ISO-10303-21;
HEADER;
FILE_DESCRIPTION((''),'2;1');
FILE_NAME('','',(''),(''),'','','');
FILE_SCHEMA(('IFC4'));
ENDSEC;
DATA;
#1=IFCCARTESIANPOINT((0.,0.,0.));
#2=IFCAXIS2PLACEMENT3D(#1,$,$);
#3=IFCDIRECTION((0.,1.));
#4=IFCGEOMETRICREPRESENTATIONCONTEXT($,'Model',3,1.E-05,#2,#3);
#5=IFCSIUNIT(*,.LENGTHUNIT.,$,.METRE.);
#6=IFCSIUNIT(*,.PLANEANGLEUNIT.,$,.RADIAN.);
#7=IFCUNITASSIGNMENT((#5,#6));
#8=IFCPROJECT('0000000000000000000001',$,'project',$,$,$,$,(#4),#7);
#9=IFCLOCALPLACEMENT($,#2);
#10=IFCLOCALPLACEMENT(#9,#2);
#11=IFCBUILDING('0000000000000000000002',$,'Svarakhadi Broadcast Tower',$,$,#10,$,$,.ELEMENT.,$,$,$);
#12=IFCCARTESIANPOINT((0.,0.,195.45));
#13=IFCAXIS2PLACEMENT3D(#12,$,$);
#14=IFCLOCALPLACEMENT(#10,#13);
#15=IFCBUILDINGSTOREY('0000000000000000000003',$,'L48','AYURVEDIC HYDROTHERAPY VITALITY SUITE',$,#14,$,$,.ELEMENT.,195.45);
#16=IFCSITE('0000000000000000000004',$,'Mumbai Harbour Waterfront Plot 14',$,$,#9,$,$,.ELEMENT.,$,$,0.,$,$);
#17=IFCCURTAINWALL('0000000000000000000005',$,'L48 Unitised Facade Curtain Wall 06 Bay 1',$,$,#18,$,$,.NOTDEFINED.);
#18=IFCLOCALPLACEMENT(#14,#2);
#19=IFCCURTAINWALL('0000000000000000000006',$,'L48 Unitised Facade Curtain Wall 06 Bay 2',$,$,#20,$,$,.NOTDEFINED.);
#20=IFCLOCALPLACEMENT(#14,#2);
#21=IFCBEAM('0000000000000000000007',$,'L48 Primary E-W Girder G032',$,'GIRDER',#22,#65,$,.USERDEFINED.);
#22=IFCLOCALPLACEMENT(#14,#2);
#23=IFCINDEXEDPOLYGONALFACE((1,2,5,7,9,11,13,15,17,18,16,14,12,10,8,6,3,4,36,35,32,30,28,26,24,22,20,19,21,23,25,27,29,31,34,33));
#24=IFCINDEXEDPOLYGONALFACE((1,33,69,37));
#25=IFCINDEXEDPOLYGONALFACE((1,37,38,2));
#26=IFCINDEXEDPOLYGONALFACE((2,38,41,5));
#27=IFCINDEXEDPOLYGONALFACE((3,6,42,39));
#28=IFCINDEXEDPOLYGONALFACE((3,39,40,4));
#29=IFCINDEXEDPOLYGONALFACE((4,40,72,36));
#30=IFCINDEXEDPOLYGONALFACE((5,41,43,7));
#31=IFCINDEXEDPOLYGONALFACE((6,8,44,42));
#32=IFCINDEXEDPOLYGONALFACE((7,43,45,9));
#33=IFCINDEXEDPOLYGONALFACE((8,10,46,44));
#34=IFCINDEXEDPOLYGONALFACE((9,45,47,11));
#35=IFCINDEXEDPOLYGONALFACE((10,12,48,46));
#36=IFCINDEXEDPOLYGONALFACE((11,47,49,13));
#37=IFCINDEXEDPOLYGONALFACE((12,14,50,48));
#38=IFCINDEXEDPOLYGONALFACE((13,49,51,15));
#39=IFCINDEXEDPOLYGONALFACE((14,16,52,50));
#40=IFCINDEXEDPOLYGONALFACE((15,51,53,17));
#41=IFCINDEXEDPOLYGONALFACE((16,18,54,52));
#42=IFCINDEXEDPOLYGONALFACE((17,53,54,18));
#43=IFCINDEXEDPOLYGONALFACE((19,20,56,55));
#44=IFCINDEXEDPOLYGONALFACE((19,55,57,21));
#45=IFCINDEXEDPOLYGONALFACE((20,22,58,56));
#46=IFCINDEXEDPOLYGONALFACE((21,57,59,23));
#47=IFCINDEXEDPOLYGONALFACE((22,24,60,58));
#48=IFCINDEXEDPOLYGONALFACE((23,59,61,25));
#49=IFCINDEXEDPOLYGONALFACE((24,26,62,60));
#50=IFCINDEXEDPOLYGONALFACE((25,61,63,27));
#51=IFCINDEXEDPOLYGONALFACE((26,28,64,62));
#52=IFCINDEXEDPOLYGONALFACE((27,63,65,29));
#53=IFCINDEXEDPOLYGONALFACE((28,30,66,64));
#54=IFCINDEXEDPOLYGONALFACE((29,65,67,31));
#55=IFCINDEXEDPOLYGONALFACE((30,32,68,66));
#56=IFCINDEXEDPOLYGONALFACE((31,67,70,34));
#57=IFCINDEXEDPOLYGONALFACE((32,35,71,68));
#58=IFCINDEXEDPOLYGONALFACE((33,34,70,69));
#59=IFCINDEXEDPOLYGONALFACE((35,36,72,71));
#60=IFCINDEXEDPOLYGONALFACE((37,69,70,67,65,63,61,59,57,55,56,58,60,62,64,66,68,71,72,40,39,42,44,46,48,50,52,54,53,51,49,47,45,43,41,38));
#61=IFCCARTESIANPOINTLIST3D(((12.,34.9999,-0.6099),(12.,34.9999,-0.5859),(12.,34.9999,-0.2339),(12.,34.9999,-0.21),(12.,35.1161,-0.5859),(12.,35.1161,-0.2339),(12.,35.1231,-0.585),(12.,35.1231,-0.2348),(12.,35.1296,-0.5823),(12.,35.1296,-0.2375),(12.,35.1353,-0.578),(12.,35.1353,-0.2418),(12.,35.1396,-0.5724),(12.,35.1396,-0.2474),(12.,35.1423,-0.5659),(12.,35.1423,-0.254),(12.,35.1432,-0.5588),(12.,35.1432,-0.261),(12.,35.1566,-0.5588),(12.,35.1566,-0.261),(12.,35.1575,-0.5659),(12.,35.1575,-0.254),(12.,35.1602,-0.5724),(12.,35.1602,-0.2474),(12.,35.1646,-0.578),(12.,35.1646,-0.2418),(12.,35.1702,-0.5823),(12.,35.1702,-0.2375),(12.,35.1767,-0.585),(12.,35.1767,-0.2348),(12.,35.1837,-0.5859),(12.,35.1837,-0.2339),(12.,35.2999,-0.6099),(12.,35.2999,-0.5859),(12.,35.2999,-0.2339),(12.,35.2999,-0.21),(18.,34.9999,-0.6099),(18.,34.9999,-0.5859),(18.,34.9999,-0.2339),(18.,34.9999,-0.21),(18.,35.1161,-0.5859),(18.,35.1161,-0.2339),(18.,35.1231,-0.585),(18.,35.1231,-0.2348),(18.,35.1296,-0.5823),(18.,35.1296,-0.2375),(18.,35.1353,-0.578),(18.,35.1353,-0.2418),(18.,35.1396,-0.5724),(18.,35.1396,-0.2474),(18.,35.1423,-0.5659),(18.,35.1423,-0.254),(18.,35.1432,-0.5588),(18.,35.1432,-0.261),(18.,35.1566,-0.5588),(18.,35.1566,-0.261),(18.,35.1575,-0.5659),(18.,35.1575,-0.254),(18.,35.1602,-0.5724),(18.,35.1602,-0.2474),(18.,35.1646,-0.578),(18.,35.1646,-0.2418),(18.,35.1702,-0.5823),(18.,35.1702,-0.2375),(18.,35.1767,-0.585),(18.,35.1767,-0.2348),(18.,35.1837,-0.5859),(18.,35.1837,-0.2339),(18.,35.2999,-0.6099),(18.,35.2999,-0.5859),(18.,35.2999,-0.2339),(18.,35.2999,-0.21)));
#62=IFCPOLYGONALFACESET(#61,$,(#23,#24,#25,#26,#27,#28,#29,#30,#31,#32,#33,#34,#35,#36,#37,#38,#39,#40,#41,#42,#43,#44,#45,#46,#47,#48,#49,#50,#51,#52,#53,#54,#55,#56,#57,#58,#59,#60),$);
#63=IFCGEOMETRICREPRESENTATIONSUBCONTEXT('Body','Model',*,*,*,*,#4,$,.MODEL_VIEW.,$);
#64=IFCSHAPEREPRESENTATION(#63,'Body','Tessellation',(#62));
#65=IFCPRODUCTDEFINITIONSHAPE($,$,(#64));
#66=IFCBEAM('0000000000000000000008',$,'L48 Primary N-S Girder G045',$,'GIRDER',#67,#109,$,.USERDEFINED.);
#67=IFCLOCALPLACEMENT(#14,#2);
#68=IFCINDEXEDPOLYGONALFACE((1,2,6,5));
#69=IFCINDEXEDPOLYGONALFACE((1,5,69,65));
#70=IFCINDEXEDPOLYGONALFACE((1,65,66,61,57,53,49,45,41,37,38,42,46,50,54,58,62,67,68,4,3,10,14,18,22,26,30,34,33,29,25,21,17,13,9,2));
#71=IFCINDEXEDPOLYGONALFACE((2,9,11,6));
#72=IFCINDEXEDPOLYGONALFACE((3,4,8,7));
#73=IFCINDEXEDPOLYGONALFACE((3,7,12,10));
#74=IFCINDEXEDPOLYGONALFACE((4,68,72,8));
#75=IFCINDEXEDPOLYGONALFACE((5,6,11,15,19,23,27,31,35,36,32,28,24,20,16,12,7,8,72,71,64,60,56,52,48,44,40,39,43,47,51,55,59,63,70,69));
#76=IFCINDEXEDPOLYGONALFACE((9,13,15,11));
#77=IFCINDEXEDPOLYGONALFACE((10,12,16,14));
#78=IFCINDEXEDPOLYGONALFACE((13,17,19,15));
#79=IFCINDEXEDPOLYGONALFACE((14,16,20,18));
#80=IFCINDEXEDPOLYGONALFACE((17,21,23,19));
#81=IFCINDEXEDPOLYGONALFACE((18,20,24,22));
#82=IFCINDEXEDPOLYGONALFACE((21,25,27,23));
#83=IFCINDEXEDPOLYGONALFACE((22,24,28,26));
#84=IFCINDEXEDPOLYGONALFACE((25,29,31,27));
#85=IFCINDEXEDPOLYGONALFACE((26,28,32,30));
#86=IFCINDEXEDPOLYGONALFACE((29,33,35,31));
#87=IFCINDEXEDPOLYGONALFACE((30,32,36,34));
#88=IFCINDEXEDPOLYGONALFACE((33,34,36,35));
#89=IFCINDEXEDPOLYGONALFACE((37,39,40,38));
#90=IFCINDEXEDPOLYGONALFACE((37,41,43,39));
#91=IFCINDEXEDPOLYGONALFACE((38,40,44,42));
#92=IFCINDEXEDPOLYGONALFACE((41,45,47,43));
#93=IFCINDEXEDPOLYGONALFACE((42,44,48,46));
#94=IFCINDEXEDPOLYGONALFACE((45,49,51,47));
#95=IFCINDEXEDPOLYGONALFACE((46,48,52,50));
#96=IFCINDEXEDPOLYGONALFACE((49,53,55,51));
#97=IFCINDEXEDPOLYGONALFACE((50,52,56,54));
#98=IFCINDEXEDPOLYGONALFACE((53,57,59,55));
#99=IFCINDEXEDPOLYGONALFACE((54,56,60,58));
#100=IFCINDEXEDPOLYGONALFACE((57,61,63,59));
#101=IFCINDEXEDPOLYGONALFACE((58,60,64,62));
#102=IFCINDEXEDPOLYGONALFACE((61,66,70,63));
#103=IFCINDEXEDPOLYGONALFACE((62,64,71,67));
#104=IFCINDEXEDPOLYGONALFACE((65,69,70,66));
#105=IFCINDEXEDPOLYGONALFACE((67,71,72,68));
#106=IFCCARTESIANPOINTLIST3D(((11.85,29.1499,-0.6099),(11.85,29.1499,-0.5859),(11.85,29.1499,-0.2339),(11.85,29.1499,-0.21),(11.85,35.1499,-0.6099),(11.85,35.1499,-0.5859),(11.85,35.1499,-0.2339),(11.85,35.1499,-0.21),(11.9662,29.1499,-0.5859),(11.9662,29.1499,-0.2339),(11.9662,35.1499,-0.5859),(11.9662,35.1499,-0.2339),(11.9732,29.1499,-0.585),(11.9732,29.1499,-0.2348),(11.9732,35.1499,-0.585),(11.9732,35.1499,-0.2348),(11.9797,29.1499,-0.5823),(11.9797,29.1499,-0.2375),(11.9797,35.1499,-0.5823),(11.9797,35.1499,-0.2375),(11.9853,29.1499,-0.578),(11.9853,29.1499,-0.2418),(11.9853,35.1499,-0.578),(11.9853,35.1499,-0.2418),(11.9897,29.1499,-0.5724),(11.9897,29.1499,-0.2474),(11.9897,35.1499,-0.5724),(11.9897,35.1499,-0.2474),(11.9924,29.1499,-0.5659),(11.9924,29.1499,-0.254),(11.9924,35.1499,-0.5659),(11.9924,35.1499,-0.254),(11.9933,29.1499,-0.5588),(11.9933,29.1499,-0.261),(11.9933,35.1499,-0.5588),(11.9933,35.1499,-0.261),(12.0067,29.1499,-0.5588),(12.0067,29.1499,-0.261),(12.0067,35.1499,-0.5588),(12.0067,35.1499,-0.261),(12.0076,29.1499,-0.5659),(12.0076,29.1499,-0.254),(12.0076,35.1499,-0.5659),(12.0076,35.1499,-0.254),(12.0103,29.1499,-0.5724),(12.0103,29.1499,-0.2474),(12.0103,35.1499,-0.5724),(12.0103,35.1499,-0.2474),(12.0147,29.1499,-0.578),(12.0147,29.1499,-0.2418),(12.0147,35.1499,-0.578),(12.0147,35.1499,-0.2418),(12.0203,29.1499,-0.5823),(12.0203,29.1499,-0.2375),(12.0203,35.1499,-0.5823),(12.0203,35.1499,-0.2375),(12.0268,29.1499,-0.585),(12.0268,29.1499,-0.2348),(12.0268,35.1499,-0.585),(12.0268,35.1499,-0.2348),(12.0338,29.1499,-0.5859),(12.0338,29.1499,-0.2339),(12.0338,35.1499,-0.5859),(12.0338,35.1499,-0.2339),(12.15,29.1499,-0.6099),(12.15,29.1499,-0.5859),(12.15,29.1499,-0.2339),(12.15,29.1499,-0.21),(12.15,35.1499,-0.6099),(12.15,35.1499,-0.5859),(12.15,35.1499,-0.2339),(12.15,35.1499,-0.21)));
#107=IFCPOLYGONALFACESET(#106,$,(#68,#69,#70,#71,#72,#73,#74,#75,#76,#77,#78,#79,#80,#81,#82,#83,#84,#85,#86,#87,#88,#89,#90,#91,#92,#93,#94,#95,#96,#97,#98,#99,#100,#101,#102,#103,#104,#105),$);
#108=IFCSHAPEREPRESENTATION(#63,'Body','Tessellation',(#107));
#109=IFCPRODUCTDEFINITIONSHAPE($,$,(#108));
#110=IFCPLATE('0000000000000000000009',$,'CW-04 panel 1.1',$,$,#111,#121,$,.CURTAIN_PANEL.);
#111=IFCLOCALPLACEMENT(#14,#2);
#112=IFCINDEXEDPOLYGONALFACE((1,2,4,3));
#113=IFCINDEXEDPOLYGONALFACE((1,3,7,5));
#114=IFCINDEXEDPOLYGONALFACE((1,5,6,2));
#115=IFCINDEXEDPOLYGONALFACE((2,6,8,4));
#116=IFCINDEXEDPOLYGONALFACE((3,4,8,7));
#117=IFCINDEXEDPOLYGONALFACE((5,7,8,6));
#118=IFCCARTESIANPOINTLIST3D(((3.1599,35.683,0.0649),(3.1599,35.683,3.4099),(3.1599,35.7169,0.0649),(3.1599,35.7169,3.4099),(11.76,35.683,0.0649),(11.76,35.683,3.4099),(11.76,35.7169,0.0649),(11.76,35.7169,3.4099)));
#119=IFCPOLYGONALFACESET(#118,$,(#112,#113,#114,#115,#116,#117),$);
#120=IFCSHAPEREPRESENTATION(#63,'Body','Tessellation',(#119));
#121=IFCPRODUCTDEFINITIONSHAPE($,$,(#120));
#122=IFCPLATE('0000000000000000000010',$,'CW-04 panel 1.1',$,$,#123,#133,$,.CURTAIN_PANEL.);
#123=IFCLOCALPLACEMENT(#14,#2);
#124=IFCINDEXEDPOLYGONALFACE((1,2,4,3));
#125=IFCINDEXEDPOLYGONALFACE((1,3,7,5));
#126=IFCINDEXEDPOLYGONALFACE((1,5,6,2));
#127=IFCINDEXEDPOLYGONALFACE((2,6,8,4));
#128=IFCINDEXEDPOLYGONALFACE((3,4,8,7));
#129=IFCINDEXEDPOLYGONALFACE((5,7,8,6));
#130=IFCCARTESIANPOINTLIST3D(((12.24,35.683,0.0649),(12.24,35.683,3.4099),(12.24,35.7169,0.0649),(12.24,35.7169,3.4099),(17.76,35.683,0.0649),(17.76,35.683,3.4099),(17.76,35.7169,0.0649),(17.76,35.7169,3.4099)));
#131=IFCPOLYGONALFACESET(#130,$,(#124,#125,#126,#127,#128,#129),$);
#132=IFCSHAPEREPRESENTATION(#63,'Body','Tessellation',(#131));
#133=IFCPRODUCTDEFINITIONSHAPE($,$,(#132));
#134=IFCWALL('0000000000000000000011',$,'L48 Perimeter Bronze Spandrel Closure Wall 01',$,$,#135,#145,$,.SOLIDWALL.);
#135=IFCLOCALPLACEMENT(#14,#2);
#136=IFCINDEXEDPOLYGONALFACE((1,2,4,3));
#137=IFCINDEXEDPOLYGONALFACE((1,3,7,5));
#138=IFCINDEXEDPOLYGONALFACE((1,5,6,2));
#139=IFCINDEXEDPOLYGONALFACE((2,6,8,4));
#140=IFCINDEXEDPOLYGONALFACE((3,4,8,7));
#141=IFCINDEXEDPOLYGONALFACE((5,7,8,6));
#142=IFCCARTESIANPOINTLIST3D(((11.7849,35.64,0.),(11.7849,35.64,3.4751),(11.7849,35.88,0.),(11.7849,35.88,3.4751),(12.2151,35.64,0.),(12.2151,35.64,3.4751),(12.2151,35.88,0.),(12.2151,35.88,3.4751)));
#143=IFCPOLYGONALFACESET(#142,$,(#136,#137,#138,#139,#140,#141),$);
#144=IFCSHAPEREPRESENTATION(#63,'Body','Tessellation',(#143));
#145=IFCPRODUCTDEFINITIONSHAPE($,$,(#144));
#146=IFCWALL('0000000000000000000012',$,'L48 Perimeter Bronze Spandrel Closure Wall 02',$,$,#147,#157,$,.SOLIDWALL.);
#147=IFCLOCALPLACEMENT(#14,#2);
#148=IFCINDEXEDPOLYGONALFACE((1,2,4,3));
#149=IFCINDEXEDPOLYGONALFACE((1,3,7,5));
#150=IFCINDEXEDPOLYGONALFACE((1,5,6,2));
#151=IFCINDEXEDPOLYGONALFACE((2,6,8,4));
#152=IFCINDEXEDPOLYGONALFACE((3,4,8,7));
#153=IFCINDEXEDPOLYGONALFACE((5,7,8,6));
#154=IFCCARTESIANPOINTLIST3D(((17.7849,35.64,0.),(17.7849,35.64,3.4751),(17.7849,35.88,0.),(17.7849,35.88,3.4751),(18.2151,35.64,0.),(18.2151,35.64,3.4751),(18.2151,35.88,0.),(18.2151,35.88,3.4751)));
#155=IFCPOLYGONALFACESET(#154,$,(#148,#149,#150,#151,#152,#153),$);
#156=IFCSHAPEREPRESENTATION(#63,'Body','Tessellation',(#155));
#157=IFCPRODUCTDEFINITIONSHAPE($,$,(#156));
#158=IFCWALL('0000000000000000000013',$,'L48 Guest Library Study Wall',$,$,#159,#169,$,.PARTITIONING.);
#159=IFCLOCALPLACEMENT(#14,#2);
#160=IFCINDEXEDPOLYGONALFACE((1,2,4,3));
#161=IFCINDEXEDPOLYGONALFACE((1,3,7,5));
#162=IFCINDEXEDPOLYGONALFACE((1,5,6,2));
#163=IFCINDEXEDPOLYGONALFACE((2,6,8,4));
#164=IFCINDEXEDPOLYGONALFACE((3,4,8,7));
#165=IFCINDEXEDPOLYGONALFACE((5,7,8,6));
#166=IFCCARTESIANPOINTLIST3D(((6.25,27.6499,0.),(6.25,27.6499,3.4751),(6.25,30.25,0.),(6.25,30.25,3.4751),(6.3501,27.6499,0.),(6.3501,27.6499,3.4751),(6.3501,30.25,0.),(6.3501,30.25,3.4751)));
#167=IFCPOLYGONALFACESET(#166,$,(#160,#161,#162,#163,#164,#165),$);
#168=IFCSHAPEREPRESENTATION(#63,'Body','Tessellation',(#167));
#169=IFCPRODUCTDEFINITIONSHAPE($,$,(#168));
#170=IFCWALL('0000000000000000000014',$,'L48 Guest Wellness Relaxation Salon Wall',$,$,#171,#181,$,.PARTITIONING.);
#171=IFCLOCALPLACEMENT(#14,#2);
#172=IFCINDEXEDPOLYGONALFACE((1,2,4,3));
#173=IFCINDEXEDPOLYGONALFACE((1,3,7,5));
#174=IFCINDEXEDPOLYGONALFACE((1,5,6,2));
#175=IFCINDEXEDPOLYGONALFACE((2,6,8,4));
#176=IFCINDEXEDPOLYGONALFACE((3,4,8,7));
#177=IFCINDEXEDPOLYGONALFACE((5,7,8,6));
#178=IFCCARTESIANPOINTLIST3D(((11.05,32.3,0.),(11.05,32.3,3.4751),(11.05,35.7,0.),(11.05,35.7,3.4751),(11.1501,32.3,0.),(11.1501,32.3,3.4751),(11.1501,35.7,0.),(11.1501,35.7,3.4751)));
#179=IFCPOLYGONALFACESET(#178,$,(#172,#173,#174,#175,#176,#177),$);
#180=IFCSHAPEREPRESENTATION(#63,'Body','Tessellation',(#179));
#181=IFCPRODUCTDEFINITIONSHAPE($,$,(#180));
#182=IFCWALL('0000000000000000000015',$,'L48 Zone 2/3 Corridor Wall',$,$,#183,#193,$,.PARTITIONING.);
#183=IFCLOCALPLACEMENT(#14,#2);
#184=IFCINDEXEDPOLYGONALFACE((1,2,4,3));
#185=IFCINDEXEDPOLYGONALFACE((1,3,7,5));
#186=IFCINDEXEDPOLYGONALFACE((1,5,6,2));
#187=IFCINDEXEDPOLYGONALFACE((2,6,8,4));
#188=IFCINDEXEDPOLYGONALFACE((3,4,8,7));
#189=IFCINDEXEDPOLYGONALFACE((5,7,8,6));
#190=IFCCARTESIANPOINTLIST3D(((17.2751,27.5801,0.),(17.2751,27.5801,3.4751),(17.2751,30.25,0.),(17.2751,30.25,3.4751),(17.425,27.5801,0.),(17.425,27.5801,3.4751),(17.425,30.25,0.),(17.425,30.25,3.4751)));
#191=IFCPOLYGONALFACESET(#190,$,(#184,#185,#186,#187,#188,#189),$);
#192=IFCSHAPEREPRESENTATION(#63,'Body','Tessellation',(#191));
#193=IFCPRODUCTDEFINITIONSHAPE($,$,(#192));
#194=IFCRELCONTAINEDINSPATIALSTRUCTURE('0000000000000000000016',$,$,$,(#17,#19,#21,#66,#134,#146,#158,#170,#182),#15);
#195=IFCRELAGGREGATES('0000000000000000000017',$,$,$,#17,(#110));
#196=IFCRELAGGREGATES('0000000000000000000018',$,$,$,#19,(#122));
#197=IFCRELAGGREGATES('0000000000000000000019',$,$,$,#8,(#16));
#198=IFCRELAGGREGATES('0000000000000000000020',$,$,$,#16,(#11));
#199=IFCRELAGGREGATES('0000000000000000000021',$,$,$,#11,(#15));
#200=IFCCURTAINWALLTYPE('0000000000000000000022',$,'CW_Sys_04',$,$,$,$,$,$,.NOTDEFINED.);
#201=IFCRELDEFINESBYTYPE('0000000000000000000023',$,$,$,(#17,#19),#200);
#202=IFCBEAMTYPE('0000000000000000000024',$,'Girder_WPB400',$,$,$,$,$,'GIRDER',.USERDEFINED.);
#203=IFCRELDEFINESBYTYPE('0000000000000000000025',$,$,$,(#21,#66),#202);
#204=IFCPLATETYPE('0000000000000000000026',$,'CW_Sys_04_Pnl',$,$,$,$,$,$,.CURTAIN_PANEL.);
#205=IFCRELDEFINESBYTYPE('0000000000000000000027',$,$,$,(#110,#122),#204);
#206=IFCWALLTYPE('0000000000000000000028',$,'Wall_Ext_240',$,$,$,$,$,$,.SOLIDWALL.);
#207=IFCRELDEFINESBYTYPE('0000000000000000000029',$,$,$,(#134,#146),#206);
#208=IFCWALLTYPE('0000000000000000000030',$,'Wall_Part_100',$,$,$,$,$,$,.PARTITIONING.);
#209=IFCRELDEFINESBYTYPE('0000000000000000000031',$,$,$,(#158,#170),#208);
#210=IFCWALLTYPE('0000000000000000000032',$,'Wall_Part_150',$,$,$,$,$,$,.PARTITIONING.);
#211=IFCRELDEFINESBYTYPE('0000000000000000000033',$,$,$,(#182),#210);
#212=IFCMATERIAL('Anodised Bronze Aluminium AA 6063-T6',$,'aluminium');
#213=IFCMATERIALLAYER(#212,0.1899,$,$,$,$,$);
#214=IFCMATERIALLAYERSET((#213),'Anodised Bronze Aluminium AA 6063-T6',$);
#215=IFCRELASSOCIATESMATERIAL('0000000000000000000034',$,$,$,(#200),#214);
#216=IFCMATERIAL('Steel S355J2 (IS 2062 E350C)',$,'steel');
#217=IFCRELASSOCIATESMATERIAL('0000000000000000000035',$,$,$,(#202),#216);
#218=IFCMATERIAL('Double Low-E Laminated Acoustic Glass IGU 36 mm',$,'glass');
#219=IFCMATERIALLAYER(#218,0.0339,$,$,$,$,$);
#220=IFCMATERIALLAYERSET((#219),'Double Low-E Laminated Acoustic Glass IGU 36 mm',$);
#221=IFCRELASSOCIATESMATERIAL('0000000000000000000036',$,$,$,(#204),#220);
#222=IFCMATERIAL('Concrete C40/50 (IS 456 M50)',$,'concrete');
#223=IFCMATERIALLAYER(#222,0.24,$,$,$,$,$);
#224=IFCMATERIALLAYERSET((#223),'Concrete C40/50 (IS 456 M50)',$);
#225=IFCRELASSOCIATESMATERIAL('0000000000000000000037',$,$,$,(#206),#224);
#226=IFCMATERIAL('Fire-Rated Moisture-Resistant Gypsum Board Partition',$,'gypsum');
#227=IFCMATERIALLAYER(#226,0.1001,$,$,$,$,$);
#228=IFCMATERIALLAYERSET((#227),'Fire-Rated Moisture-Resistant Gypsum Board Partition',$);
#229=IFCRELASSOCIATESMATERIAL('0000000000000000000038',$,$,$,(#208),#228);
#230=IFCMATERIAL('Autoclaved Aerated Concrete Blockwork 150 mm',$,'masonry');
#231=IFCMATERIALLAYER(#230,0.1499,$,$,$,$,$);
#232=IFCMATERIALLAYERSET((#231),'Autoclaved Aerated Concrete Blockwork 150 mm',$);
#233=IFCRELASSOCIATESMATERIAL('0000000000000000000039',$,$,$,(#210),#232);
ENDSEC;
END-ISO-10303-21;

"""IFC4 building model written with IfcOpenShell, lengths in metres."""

from ifc_helpers import new_model, si_unit, direction, frame, frame_2d, origin, origin_2d, place, context, subcontext, project, spatial, rectangle, i_section, extrude, material, layer, layer_set, material_profile, profile_set, type_object, element, aggregate, save


model = new_model("IFC4")

# Units and contexts
model_context = context("Model", 3, precision=1e-05, world=origin(), true_north=direction((0.0, 1.0)))
body_context = subcontext(model_context, "Body", "Model", "MODEL_VIEW")
ifc_project = project(units=[si_unit("LENGTHUNIT", "METRE"), si_unit("PLANEANGLEUNIT", "RADIAN")], contexts=[model_context])

# Site, building, storey
site_placement = place(None, origin())
site = spatial("IfcSite", under=ifc_project, at=site_placement, Name="Mumbai Harbour Waterfront Plot 14", CompositionType="ELEMENT", RefElevation=0.0)
building_placement = place(site_placement, origin())
building = spatial("IfcBuilding", under=site, at=building_placement, Name="Svarakhadi Broadcast Tower", CompositionType="ELEMENT")
storey_placement = place(building_placement, frame((0.0, 0.0, 195.45)))
storey = spatial("IfcBuildingStorey", under=building, at=storey_placement, Name="L48", Description="AYURVEDIC HYDROTHERAPY VITALITY SUITE", CompositionType="ELEMENT", Elevation=195.45)

# Shared definitions
ifc_material_1 = material(Name="Steel S355J2 (IS 2062 E350C)", Category="steel")

# Curtain wall
ifc_material_2 = material(Name="Anodised Bronze Aluminium AA 6063-T6", Category="aluminium")
ifc_layer_1 = layer(ifc_material_2, 0.1899)
ifc_layer_set_1 = layer_set([ifc_layer_1], Name="Anodised Bronze Aluminium AA 6063-T6")
curtain_wall_type = type_object("IfcCurtainWallType", Name="CW_Sys_04", PredefinedType="NOTDEFINED", material=ifc_layer_set_1)
curtain_wall_1_placement = place(storey_placement, origin())
curtain_wall_1 = element("IfcCurtainWall", 1, at=curtain_wall_1_placement, inside=storey, type_object=curtain_wall_type, Name="L48 Unitised Facade Curtain Wall 06 Bay 1", PredefinedType="NOTDEFINED")

# Curtain wall
curtain_wall_2_placement = place(storey_placement, origin())
curtain_wall_2 = element("IfcCurtainWall", 2, at=curtain_wall_2_placement, inside=storey, type_object=curtain_wall_type, Name="L48 Unitised Facade Curtain Wall 06 Bay 2", PredefinedType="NOTDEFINED")

# Beams
ifc_material_profile_1 = material_profile(ifc_material_1, i_section(OverallWidth=0.3, OverallDepth=0.3999, WebThickness=0.0134, FlangeThickness=0.0239, FilletRadius=0.0271, at=origin_2d()), Name="WPB 400x300x155")
ifc_profile_set_1 = profile_set([ifc_material_profile_1], Name="Steel S355J2 (IS 2062 E350C)")
beam_type_1 = type_object("IfcBeamType", Name="Girder_WPB400", ElementType="GIRDER", PredefinedType="USERDEFINED", material=ifc_profile_set_1)
for number, where, z_axis, x_axis, name in (
    (3, (12.0, 35.1499, -0.4099), (1.0, 0.0, 0.0), (0.0, 1.0, 0.0), "L48 Primary E-W Girder G032"),
    (4, (12.0, 29.1499, -0.4099), (0.0, 1.0, 0.0), (-1.0, 0.0, 0.0), "L48 Primary N-S Girder G045"),
):
    element("IfcBeam", number, at=place(storey_placement, frame(where, z_axis=z_axis, x_axis=x_axis)), inside=storey, type_object=beam_type_1, Name=name, ObjectType="GIRDER", PredefinedType="USERDEFINED", context=body_context, shape_type="SweptSolid", body=[
        extrude(i_section(OverallWidth=0.3, OverallDepth=0.3999, WebThickness=0.0134, FlangeThickness=0.0239, FilletRadius=0.0271, at=origin_2d()), origin(), (0.0, 0.0, 1.0), 6.0),
    ])

# Plates
ifc_material_3 = material(Name="Double Low-E Laminated Acoustic Glass IGU 36 mm", Category="glass")
ifc_layer_2 = layer(ifc_material_3, 0.0339)
ifc_layer_set_2 = layer_set([ifc_layer_2], Name="Double Low-E Laminated Acoustic Glass IGU 36 mm")
plate_type = type_object("IfcPlateType", Name="CW_Sys_04_Pnl", PredefinedType="CURTAIN_PANEL", material=ifc_layer_set_2)
plate_1_placement = place(storey_placement, frame((7.46, 35.7, 0.0649), z_axis=(0.0, 0.0, 1.0), x_axis=(1.0, 0.0, 0.0)))
plate_1 = element("IfcPlate", 5, at=plate_1_placement, type_object=plate_type, Name="CW-04 panel 1.1", PredefinedType="CURTAIN_PANEL", context=body_context, shape_type="SweptSolid", body=[
    extrude(rectangle(XDim=8.6001, YDim=0.0339, at=origin_2d()), origin(), (0.0, 0.0, 1.0), 3.345),
])
aggregate(curtain_wall_1, [plate_1])
plate_2_placement = place(storey_placement, frame((15.0, 35.7, 0.0649), z_axis=(0.0, 0.0, 1.0), x_axis=(1.0, 0.0, 0.0)))
plate_2 = element("IfcPlate", 6, at=plate_2_placement, type_object=plate_type, Name="CW-04 panel 1.1", PredefinedType="CURTAIN_PANEL", context=body_context, shape_type="SweptSolid", body=[
    extrude(rectangle(XDim=5.52, YDim=0.0339, at=origin_2d()), origin(), (0.0, 0.0, 1.0), 3.345),
])
aggregate(curtain_wall_2, [plate_2])

# Walls
ifc_material_4 = material(Name="Concrete C40/50 (IS 456 M50)", Category="concrete")
ifc_layer_3 = layer(ifc_material_4, 0.24)
ifc_layer_set_3 = layer_set([ifc_layer_3], Name="Concrete C40/50 (IS 456 M50)")
wall_type_1 = type_object("IfcWallType", Name="Wall_Ext_240", PredefinedType="SOLIDWALL", material=ifc_layer_set_3)
for number, where, z_axis, x_axis, name in (
    (7, (11.7849, 35.76, 0.0), (0.0, 0.0, 1.0), (1.0, 0.0, 0.0), "L48 Perimeter Bronze Spandrel Closure Wall 01"),
    (8, (17.7849, 35.76, 0.0), (0.0, 0.0, 1.0), (1.0, 0.0, 0.0), "L48 Perimeter Bronze Spandrel Closure Wall 02"),
):
    element("IfcWall", number, at=place(storey_placement, frame(where, z_axis=z_axis, x_axis=x_axis)), inside=storey, type_object=wall_type_1, Name=name, PredefinedType="SOLIDWALL", context=body_context, shape_type="SweptSolid", body=[
        extrude(rectangle(XDim=0.4302, YDim=0.24, at=frame_2d((0.2151, 0.0))), origin(), (0.0, 0.0, 1.0), 3.4751),
    ])
ifc_material_5 = material(Name="Fire-Rated Moisture-Resistant Gypsum Board Partition", Category="gypsum")
ifc_layer_4 = layer(ifc_material_5, 0.1001)
ifc_layer_set_4 = layer_set([ifc_layer_4], Name="Fire-Rated Moisture-Resistant Gypsum Board Partition")
wall_type_2 = type_object("IfcWallType", Name="Wall_Part_100", PredefinedType="PARTITIONING", material=ifc_layer_set_4)
wall_1_placement = place(storey_placement, frame((6.3, 27.6499, 0.0), z_axis=(0.0, 0.0, 1.0), x_axis=(0.0, 1.0, 0.0)))
element("IfcWall", 9, at=wall_1_placement, inside=storey, type_object=wall_type_2, Name="L48 Guest Library Study Wall", PredefinedType="PARTITIONING", context=body_context, shape_type="SweptSolid", body=[
    extrude(rectangle(XDim=2.6001, YDim=0.1001, at=frame_2d((1.3, 0.0))), origin(), (0.0, 0.0, 1.0), 3.4751),
])
wall_2_placement = place(storey_placement, frame((11.1001, 32.3, 0.0), z_axis=(0.0, 0.0, 1.0), x_axis=(0.0, 1.0, 0.0)))
element("IfcWall", 10, at=wall_2_placement, inside=storey, type_object=wall_type_2, Name="L48 Guest Wellness Relaxation Salon Wall", PredefinedType="PARTITIONING", context=body_context, shape_type="SweptSolid", body=[
    extrude(rectangle(XDim=3.3999, YDim=0.1001, at=frame_2d((1.7, 0.0))), origin(), (0.0, 0.0, 1.0), 3.4751),
])
ifc_material_6 = material(Name="Autoclaved Aerated Concrete Blockwork 150 mm", Category="masonry")
ifc_layer_5 = layer(ifc_material_6, 0.1499)
ifc_layer_set_5 = layer_set([ifc_layer_5], Name="Autoclaved Aerated Concrete Blockwork 150 mm")
wall_type_3 = type_object("IfcWallType", Name="Wall_Part_150", PredefinedType="PARTITIONING", material=ifc_layer_set_5)
wall_3_placement = place(storey_placement, frame((17.3501, 30.25, 0.0), z_axis=(0.0, 0.0, 1.0), x_axis=(0.0, -1.0, 0.0)))
element("IfcWall", 11, at=wall_3_placement, inside=storey, type_object=wall_type_3, Name="L48 Zone 2/3 Corridor Wall", PredefinedType="PARTITIONING", context=body_context, shape_type="SweptSolid", body=[
    extrude(rectangle(XDim=2.6699, YDim=0.1499, at=frame_2d((1.335, 0.0))), origin(), (0.0, 0.0, 1.0), 3.4751),
])

save(model, "model.ifc")
